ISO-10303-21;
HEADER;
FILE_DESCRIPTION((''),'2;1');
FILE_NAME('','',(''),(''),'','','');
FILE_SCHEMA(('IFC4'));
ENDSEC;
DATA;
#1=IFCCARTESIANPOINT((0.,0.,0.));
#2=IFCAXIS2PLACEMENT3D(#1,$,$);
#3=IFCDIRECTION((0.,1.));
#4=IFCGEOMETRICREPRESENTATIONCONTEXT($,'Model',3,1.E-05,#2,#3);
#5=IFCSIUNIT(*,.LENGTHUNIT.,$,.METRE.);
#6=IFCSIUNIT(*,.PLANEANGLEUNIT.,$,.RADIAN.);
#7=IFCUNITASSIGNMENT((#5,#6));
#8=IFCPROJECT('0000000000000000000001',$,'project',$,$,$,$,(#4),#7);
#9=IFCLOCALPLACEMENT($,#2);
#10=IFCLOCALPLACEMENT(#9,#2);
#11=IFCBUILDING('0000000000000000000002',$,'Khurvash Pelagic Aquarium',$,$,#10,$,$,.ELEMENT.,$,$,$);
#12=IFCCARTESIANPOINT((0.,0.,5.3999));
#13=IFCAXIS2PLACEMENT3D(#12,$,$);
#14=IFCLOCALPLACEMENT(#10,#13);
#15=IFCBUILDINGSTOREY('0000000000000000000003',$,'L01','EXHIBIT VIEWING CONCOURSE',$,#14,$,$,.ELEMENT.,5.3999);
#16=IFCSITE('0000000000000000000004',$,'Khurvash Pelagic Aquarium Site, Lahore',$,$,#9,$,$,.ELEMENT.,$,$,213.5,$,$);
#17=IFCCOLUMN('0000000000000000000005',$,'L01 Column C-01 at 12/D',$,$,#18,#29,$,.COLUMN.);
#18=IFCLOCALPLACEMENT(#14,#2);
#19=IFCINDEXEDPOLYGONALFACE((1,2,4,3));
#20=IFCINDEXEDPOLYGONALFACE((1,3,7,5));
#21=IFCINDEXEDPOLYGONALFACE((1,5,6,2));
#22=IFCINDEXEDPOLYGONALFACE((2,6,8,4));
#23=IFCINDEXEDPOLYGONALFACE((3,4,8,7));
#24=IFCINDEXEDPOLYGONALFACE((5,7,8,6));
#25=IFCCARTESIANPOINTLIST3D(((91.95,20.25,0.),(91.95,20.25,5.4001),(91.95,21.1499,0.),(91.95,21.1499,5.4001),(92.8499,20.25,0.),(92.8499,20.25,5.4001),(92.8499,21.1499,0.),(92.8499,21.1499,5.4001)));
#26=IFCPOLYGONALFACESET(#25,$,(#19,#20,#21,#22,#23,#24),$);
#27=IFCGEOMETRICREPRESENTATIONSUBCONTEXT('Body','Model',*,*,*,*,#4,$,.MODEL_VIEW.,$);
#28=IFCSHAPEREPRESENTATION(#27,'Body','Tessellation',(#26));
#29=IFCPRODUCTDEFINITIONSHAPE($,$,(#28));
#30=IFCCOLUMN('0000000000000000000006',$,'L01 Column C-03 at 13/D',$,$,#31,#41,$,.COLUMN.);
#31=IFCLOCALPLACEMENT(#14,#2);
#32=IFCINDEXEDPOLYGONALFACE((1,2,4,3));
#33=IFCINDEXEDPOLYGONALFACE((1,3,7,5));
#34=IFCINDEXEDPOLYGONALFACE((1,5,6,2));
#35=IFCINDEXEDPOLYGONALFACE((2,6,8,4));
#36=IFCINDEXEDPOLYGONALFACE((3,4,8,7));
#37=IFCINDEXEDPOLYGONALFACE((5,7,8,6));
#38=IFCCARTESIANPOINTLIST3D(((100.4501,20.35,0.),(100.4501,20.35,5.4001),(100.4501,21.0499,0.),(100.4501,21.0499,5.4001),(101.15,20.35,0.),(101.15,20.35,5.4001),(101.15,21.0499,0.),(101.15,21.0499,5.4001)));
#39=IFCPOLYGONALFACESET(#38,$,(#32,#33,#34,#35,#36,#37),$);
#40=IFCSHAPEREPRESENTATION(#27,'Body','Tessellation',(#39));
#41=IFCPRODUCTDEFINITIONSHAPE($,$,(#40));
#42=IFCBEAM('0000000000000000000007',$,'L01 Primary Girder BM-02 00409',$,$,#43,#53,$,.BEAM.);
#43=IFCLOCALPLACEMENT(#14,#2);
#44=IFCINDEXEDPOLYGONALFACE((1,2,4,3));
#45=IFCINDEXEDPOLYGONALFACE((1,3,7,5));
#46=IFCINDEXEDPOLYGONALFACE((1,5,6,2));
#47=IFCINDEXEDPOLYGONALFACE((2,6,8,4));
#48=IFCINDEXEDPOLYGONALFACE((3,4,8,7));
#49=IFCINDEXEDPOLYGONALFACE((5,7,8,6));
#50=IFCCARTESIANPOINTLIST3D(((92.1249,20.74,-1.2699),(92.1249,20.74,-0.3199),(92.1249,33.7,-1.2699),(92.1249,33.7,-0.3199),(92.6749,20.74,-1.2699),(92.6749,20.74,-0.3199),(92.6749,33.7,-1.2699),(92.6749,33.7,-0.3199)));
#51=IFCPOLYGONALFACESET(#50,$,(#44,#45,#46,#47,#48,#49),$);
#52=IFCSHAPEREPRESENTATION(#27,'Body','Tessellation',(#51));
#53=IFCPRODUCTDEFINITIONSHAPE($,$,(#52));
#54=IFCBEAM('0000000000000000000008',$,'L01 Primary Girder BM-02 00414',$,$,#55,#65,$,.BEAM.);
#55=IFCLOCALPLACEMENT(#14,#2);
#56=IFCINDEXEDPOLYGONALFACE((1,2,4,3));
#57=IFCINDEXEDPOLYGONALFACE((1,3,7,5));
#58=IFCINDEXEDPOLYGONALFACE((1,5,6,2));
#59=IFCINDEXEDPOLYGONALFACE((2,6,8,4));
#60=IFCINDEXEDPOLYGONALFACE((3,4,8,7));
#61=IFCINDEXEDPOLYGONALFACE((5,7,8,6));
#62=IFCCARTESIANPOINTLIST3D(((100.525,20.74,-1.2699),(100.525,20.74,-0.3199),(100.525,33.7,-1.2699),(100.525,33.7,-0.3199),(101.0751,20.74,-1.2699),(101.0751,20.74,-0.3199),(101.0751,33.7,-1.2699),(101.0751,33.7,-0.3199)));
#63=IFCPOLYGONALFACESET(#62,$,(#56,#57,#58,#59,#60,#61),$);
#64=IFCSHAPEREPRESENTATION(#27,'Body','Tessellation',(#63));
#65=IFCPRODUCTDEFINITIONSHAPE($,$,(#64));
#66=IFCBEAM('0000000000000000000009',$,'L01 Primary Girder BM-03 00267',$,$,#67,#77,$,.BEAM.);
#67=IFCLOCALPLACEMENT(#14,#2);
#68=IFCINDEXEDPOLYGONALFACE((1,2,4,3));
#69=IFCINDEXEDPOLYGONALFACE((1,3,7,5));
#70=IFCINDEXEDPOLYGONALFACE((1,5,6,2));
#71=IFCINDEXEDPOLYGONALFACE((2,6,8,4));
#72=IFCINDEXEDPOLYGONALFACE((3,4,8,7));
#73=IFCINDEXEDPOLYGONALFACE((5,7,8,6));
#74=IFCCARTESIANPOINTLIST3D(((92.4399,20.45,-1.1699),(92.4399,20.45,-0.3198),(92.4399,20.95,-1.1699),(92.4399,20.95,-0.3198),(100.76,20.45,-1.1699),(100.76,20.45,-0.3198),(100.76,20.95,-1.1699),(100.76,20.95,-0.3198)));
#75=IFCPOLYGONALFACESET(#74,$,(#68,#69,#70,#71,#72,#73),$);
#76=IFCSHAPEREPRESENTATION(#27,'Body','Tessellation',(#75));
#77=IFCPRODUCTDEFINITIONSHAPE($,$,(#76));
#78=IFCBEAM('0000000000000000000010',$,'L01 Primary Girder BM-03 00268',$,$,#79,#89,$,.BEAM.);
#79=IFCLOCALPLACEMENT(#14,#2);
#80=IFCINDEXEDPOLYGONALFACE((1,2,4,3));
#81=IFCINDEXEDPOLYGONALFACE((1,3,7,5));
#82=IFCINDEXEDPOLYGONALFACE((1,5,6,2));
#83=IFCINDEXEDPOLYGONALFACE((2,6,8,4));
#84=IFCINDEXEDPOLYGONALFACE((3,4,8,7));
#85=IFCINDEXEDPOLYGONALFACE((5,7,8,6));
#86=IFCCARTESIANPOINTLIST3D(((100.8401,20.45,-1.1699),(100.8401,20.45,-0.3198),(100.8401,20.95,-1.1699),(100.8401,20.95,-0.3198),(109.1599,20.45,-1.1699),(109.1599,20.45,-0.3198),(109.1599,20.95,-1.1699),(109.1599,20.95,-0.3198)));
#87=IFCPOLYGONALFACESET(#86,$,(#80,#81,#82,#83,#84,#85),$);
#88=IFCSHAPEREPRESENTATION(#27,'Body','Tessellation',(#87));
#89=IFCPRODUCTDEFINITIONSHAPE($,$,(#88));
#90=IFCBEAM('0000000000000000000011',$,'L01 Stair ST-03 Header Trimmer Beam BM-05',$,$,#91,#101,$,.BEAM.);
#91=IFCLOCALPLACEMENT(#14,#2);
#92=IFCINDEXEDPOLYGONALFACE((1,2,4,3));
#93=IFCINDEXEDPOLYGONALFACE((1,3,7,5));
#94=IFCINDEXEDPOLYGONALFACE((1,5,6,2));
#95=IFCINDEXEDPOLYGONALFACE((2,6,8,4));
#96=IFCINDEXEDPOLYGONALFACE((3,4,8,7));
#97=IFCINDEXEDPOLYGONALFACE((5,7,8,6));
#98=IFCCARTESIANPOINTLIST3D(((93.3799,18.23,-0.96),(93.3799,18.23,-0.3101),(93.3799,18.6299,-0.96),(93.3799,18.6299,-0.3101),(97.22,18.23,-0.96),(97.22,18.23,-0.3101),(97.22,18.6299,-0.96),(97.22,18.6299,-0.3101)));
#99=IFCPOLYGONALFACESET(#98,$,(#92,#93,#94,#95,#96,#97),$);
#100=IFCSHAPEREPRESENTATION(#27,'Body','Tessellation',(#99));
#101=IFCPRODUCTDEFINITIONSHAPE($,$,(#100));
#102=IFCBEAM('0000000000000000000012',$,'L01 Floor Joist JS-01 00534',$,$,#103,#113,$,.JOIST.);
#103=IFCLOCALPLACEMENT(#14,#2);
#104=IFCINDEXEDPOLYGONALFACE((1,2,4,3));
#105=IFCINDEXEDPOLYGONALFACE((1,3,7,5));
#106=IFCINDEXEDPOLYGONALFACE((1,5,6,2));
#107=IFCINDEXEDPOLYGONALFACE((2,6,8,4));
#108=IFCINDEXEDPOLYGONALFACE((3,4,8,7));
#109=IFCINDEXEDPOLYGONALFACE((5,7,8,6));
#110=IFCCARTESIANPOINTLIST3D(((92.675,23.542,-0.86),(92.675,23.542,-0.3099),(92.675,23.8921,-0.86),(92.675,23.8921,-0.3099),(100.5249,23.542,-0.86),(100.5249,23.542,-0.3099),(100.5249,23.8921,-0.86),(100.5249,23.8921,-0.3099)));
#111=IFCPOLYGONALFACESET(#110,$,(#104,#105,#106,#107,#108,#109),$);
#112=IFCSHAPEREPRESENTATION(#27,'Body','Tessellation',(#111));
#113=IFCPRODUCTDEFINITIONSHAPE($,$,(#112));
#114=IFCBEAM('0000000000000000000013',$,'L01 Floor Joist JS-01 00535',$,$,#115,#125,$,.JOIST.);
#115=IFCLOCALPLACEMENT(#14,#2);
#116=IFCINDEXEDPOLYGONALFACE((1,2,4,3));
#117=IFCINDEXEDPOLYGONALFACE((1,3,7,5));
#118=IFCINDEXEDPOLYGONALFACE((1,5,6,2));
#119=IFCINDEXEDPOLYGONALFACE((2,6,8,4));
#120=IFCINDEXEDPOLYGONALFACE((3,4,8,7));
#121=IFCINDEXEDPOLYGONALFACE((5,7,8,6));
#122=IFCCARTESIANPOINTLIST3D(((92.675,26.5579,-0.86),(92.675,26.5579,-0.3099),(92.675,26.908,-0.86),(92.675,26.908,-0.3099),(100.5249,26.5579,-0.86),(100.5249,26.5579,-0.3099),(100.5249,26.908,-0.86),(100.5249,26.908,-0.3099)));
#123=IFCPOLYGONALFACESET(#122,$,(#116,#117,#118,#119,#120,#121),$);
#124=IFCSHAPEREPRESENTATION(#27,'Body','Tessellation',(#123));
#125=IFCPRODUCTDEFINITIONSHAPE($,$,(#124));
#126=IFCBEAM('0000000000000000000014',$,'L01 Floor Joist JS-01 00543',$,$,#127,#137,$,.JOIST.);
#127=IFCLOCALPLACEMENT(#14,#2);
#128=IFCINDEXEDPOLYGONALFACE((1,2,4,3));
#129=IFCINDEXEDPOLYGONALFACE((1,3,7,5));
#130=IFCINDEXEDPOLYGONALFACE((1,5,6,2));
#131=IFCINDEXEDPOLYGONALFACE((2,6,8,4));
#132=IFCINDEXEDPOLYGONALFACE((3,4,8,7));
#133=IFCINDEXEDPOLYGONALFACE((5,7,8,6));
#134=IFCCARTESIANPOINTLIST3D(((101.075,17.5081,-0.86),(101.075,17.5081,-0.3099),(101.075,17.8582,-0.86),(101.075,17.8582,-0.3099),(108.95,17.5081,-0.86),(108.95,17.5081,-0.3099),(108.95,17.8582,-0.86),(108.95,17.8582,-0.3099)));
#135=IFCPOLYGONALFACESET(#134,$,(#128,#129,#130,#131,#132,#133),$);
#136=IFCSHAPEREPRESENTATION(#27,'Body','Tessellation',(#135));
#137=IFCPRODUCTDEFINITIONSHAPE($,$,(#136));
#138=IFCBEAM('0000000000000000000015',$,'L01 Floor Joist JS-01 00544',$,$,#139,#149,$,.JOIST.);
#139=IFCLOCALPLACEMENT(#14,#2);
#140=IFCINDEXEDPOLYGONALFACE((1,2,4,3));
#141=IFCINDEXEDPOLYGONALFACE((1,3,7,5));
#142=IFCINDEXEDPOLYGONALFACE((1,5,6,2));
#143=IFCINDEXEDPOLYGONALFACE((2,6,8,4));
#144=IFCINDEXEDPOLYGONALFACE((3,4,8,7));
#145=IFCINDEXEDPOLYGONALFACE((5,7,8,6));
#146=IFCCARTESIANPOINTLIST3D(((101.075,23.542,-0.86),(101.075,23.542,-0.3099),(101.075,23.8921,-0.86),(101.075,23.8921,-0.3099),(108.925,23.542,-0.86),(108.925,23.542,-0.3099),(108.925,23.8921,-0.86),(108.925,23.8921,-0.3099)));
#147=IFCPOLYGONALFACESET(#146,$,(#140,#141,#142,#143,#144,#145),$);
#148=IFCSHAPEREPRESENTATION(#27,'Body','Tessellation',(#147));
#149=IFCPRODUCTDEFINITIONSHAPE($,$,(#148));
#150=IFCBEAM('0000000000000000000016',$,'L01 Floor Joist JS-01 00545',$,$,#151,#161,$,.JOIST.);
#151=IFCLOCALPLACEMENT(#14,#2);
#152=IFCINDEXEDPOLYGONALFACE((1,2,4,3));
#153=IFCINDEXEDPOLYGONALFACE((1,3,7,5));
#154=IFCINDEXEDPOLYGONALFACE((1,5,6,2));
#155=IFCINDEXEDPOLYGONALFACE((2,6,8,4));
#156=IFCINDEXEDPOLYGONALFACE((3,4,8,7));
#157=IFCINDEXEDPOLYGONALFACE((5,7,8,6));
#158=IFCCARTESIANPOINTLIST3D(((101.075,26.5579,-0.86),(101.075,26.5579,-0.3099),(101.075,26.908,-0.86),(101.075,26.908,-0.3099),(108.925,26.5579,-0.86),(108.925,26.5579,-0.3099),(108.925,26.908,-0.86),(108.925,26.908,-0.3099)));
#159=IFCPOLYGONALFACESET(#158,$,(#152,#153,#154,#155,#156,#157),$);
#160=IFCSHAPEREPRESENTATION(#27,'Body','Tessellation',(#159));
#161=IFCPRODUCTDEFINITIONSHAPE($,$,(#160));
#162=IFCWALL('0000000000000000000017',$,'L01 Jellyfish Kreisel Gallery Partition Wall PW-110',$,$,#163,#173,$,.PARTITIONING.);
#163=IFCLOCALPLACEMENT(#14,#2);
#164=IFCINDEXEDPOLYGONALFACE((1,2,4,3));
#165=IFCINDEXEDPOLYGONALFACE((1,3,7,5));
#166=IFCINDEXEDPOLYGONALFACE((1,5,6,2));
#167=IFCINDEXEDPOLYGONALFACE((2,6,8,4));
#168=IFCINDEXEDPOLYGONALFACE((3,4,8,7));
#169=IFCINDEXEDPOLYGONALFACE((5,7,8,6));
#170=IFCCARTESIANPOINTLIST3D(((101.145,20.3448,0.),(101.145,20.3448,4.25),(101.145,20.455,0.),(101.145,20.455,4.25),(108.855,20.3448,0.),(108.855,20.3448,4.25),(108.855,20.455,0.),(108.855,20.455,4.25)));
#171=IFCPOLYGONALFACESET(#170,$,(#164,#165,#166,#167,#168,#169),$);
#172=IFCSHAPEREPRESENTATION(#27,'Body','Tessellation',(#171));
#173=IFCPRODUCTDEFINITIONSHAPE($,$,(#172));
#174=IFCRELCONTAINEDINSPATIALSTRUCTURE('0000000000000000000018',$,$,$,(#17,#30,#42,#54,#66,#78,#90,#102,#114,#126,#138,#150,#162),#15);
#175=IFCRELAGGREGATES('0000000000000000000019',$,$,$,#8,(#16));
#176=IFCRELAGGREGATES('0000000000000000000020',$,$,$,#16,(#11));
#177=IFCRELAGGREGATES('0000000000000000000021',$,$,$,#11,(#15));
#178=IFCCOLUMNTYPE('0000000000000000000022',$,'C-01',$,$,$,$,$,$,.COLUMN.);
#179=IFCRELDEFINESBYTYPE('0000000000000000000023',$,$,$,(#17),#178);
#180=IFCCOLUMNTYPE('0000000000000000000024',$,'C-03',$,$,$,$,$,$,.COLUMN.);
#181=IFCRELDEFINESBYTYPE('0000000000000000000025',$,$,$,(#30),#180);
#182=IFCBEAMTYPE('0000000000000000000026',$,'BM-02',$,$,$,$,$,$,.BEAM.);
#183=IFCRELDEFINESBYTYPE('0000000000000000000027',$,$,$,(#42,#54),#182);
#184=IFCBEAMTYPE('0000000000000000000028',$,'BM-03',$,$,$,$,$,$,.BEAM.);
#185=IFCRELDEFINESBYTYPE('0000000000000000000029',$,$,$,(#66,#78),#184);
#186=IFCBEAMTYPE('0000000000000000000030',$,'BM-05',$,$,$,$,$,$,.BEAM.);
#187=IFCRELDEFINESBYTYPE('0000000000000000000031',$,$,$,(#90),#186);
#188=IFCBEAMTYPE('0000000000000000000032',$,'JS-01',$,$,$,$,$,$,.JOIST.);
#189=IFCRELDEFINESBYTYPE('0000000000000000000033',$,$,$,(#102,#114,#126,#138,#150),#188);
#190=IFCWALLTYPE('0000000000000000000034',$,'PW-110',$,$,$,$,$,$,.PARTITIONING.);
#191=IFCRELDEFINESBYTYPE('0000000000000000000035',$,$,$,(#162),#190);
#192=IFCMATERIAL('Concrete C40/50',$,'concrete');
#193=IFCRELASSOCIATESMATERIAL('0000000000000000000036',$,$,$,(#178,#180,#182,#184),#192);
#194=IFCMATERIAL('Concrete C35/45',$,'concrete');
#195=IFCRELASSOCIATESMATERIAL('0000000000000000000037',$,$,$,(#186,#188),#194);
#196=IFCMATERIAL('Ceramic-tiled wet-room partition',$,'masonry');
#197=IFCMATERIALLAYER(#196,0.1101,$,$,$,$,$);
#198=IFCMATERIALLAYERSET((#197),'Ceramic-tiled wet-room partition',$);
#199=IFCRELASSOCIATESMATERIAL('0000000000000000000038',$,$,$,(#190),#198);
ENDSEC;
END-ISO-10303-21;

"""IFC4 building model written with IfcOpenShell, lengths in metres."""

from ifc_helpers import new_model, si_unit, direction, frame, frame_2d, origin, origin_2d, place, context, subcontext, project, spatial, rectangle, extrude, material, layer, layer_set, material_profile, profile_set, type_object, element, save


model = new_model("IFC4")

# Units and contexts
model_context = context("Model", 3, precision=1e-05, world=origin(), true_north=direction((0.0, 1.0)))
body_context = subcontext(model_context, "Body", "Model", "MODEL_VIEW")
ifc_project = project(units=[si_unit("LENGTHUNIT", "METRE"), si_unit("PLANEANGLEUNIT", "RADIAN")], contexts=[model_context])

# Site, building, storey
site_placement = place(None, origin())
site = spatial("IfcSite", under=ifc_project, at=site_placement, Name="Khurvash Pelagic Aquarium Site, Lahore", CompositionType="ELEMENT", RefElevation=213.5)
building_placement = place(site_placement, origin())
building = spatial("IfcBuilding", under=site, at=building_placement, Name="Khurvash Pelagic Aquarium", CompositionType="ELEMENT")
storey_placement = place(building_placement, frame((0.0, 0.0, 5.3999)))
storey = spatial("IfcBuildingStorey", under=building, at=storey_placement, Name="L01", Description="EXHIBIT VIEWING CONCOURSE", CompositionType="ELEMENT", Elevation=5.3999)

# Columns
ifc_material_1 = material(Name="Concrete C40/50", Category="concrete")
ifc_material_profile_1 = material_profile(ifc_material_1, rectangle(XDim=0.8999, YDim=0.8999, at=origin_2d()), Name="RC900X900")
ifc_profile_set_1 = profile_set([ifc_material_profile_1], Name="Concrete C40/50")
column_type_1 = type_object("IfcColumnType", Name="C-01", PredefinedType="COLUMN", material=ifc_profile_set_1)
column_1_placement = place(storey_placement, frame((92.3999, 20.7, 0.0), z_axis=(0.0, 0.0, 1.0), x_axis=(1.0, 0.0, 0.0)))
element("IfcColumn", 1, at=column_1_placement, inside=storey, type_object=column_type_1, Name="L01 Column C-01 at 12/D", PredefinedType="COLUMN", context=body_context, shape_type="SweptSolid", body=[
    extrude(rectangle(XDim=0.8999, YDim=0.8999, at=origin_2d()), origin(), (0.0, 0.0, 1.0), 5.4001),
])
ifc_material_profile_2 = material_profile(ifc_material_1, rectangle(XDim=0.7, YDim=0.7, at=origin_2d()), Name="RC700X700")
ifc_profile_set_2 = profile_set([ifc_material_profile_2], Name="Concrete C40/50")
column_type_2 = type_object("IfcColumnType", Name="C-03", PredefinedType="COLUMN", material=ifc_profile_set_2)
column_2_placement = place(storey_placement, frame((100.8, 20.7, 0.0), z_axis=(0.0, 0.0, 1.0), x_axis=(1.0, 0.0, 0.0)))
element("IfcColumn", 2, at=column_2_placement, inside=storey, type_object=column_type_2, Name="L01 Column C-03 at 13/D", PredefinedType="COLUMN", context=body_context, shape_type="SweptSolid", body=[
    extrude(rectangle(XDim=0.7, YDim=0.7, at=origin_2d()), origin(), (0.0, 0.0, 1.0), 5.4001),
])

# Beams
ifc_material_profile_3 = material_profile(ifc_material_1, rectangle(XDim=0.55, YDim=0.95, at=origin_2d()), Name="RC550X950")
ifc_profile_set_3 = profile_set([ifc_material_profile_3], Name="Concrete C40/50")
beam_type_1 = type_object("IfcBeamType", Name="BM-02", PredefinedType="BEAM", material=ifc_profile_set_3)
for number, where, z_axis, x_axis, name in (
    (3, (92.3999, 20.74, -0.7949), (0.0, 1.0, 0.0), (-1.0, 0.0, 0.0), "L01 Primary Girder BM-02 00409"),
    (4, (100.8, 20.74, -0.7949), (0.0, 1.0, 0.0), (-1.0, 0.0, 0.0), "L01 Primary Girder BM-02 00414"),
):
    element("IfcBeam", number, at=place(storey_placement, frame(where, z_axis=z_axis, x_axis=x_axis)), inside=storey, type_object=beam_type_1, Name=name, PredefinedType="BEAM", context=body_context, shape_type="SweptSolid", body=[
        extrude(rectangle(XDim=0.55, YDim=0.95, at=origin_2d()), origin(), (0.0, 0.0, 1.0), 12.96),
    ])
ifc_material_profile_4 = material_profile(ifc_material_1, rectangle(XDim=0.5, YDim=0.8501, at=origin_2d()), Name="RC500X850")
ifc_profile_set_4 = profile_set([ifc_material_profile_4], Name="Concrete C40/50")
beam_type_2 = type_object("IfcBeamType", Name="BM-03", PredefinedType="BEAM", material=ifc_profile_set_4)
beam_1_placement = place(storey_placement, frame((92.4399, 20.7, -0.7449), z_axis=(1.0, 0.0, 0.0), x_axis=(0.0, 1.0, 0.0)))
element("IfcBeam", 5, at=beam_1_placement, inside=storey, type_object=beam_type_2, Name="L01 Primary Girder BM-03 00267", PredefinedType="BEAM", context=body_context, shape_type="SweptSolid", body=[
    extrude(rectangle(XDim=0.5, YDim=0.8501, at=origin_2d()), origin(), (0.0, 0.0, 1.0), 8.3201),
])
beam_2_placement = place(storey_placement, frame((100.8401, 20.7, -0.7449), z_axis=(1.0, 0.0, 0.0), x_axis=(0.0, 1.0, 0.0)))
element("IfcBeam", 6, at=beam_2_placement, inside=storey, type_object=beam_type_2, Name="L01 Primary Girder BM-03 00268", PredefinedType="BEAM", context=body_context, shape_type="SweptSolid", body=[
    extrude(rectangle(XDim=0.5, YDim=0.8501, at=origin_2d()), origin(), (0.0, 0.0, 1.0), 8.3198),
])
ifc_material_2 = material(Name="Concrete C35/45", Category="concrete")
ifc_material_profile_5 = material_profile(ifc_material_2, rectangle(XDim=0.3999, YDim=0.6499, at=origin_2d()), Name="RC400X650")
ifc_profile_set_5 = profile_set([ifc_material_profile_5], Name="Concrete C35/45")
beam_type_3 = type_object("IfcBeamType", Name="BM-05", PredefinedType="BEAM", material=ifc_profile_set_5)
beam_3_placement = place(storey_placement, frame((93.3799, 18.4299, -0.635), z_axis=(1.0, 0.0, 0.0), x_axis=(0.0, 1.0, 0.0)))
element("IfcBeam", 7, at=beam_3_placement, inside=storey, type_object=beam_type_3, Name="L01 Stair ST-03 Header Trimmer Beam BM-05", PredefinedType="BEAM", context=body_context, shape_type="SweptSolid", body=[
    extrude(rectangle(XDim=0.3999, YDim=0.6499, at=origin_2d()), origin(), (0.0, 0.0, 1.0), 3.8401),
])
ifc_material_profile_6 = material_profile(ifc_material_2, rectangle(XDim=0.3501, YDim=0.55, at=origin_2d()), Name="RC350X550")
ifc_profile_set_6 = profile_set([ifc_material_profile_6], Name="Concrete C35/45")
beam_type_4 = type_object("IfcBeamType", Name="JS-01", PredefinedType="JOIST", material=ifc_profile_set_6)
for number, where, z_axis, x_axis, name in (
    (8, (92.675, 23.717, -0.585), (1.0, 0.0, 0.0), (0.0, 1.0, 0.0), "L01 Floor Joist JS-01 00534"),
    (9, (92.675, 26.7329, -0.585), (1.0, 0.0, 0.0), (0.0, 1.0, 0.0), "L01 Floor Joist JS-01 00535"),
):
    element("IfcBeam", number, at=place(storey_placement, frame(where, z_axis=z_axis, x_axis=x_axis)), inside=storey, type_object=beam_type_4, Name=name, PredefinedType="JOIST", context=body_context, shape_type="SweptSolid", body=[
        extrude(rectangle(XDim=0.3501, YDim=0.55, at=origin_2d()), origin(), (0.0, 0.0, 1.0), 7.8499),
    ])
beam_4_placement = place(storey_placement, frame((101.075, 17.6831, -0.585), z_axis=(1.0, 0.0, 0.0), x_axis=(0.0, 1.0, 0.0)))
element("IfcBeam", 10, at=beam_4_placement, inside=storey, type_object=beam_type_4, Name="L01 Floor Joist JS-01 00543", PredefinedType="JOIST", context=body_context, shape_type="SweptSolid", body=[
    extrude(rectangle(XDim=0.3501, YDim=0.55, at=origin_2d()), origin(), (0.0, 0.0, 1.0), 7.875),
])
for number, where, z_axis, x_axis, name in (
    (11, (101.075, 23.717, -0.585), (1.0, 0.0, 0.0), (0.0, 1.0, 0.0), "L01 Floor Joist JS-01 00544"),
    (12, (101.075, 26.7329, -0.585), (1.0, 0.0, 0.0), (0.0, 1.0, 0.0), "L01 Floor Joist JS-01 00545"),
):
    element("IfcBeam", number, at=place(storey_placement, frame(where, z_axis=z_axis, x_axis=x_axis)), inside=storey, type_object=beam_type_4, Name=name, PredefinedType="JOIST", context=body_context, shape_type="SweptSolid", body=[
        extrude(rectangle(XDim=0.3501, YDim=0.55, at=origin_2d()), origin(), (0.0, 0.0, 1.0), 7.8501),
    ])

# Wall
ifc_material_3 = material(Name="Ceramic-tiled wet-room partition", Category="masonry")
ifc_layer_1 = layer(ifc_material_3, 0.1101)
ifc_layer_set_1 = layer_set([ifc_layer_1], Name="Ceramic-tiled wet-room partition")
wall_type_1 = type_object("IfcWallType", Name="PW-110", PredefinedType="PARTITIONING", material=ifc_layer_set_1)
wall_1_placement = place(storey_placement, frame((101.145, 20.3999, 0.0), z_axis=(0.0, 0.0, 1.0), x_axis=(1.0, 0.0, 0.0)))
element("IfcWall", 13, at=wall_1_placement, inside=storey, type_object=wall_type_1, Name="L01 Jellyfish Kreisel Gallery Partition Wall PW-110", PredefinedType="PARTITIONING", context=body_context, shape_type="SweptSolid", body=[
    extrude(rectangle(XDim=7.71, YDim=0.1101, at=frame_2d((3.855, 0.0))), origin(), (0.0, 0.0, 1.0), 4.25),
])

save(model, "model.ifc")
